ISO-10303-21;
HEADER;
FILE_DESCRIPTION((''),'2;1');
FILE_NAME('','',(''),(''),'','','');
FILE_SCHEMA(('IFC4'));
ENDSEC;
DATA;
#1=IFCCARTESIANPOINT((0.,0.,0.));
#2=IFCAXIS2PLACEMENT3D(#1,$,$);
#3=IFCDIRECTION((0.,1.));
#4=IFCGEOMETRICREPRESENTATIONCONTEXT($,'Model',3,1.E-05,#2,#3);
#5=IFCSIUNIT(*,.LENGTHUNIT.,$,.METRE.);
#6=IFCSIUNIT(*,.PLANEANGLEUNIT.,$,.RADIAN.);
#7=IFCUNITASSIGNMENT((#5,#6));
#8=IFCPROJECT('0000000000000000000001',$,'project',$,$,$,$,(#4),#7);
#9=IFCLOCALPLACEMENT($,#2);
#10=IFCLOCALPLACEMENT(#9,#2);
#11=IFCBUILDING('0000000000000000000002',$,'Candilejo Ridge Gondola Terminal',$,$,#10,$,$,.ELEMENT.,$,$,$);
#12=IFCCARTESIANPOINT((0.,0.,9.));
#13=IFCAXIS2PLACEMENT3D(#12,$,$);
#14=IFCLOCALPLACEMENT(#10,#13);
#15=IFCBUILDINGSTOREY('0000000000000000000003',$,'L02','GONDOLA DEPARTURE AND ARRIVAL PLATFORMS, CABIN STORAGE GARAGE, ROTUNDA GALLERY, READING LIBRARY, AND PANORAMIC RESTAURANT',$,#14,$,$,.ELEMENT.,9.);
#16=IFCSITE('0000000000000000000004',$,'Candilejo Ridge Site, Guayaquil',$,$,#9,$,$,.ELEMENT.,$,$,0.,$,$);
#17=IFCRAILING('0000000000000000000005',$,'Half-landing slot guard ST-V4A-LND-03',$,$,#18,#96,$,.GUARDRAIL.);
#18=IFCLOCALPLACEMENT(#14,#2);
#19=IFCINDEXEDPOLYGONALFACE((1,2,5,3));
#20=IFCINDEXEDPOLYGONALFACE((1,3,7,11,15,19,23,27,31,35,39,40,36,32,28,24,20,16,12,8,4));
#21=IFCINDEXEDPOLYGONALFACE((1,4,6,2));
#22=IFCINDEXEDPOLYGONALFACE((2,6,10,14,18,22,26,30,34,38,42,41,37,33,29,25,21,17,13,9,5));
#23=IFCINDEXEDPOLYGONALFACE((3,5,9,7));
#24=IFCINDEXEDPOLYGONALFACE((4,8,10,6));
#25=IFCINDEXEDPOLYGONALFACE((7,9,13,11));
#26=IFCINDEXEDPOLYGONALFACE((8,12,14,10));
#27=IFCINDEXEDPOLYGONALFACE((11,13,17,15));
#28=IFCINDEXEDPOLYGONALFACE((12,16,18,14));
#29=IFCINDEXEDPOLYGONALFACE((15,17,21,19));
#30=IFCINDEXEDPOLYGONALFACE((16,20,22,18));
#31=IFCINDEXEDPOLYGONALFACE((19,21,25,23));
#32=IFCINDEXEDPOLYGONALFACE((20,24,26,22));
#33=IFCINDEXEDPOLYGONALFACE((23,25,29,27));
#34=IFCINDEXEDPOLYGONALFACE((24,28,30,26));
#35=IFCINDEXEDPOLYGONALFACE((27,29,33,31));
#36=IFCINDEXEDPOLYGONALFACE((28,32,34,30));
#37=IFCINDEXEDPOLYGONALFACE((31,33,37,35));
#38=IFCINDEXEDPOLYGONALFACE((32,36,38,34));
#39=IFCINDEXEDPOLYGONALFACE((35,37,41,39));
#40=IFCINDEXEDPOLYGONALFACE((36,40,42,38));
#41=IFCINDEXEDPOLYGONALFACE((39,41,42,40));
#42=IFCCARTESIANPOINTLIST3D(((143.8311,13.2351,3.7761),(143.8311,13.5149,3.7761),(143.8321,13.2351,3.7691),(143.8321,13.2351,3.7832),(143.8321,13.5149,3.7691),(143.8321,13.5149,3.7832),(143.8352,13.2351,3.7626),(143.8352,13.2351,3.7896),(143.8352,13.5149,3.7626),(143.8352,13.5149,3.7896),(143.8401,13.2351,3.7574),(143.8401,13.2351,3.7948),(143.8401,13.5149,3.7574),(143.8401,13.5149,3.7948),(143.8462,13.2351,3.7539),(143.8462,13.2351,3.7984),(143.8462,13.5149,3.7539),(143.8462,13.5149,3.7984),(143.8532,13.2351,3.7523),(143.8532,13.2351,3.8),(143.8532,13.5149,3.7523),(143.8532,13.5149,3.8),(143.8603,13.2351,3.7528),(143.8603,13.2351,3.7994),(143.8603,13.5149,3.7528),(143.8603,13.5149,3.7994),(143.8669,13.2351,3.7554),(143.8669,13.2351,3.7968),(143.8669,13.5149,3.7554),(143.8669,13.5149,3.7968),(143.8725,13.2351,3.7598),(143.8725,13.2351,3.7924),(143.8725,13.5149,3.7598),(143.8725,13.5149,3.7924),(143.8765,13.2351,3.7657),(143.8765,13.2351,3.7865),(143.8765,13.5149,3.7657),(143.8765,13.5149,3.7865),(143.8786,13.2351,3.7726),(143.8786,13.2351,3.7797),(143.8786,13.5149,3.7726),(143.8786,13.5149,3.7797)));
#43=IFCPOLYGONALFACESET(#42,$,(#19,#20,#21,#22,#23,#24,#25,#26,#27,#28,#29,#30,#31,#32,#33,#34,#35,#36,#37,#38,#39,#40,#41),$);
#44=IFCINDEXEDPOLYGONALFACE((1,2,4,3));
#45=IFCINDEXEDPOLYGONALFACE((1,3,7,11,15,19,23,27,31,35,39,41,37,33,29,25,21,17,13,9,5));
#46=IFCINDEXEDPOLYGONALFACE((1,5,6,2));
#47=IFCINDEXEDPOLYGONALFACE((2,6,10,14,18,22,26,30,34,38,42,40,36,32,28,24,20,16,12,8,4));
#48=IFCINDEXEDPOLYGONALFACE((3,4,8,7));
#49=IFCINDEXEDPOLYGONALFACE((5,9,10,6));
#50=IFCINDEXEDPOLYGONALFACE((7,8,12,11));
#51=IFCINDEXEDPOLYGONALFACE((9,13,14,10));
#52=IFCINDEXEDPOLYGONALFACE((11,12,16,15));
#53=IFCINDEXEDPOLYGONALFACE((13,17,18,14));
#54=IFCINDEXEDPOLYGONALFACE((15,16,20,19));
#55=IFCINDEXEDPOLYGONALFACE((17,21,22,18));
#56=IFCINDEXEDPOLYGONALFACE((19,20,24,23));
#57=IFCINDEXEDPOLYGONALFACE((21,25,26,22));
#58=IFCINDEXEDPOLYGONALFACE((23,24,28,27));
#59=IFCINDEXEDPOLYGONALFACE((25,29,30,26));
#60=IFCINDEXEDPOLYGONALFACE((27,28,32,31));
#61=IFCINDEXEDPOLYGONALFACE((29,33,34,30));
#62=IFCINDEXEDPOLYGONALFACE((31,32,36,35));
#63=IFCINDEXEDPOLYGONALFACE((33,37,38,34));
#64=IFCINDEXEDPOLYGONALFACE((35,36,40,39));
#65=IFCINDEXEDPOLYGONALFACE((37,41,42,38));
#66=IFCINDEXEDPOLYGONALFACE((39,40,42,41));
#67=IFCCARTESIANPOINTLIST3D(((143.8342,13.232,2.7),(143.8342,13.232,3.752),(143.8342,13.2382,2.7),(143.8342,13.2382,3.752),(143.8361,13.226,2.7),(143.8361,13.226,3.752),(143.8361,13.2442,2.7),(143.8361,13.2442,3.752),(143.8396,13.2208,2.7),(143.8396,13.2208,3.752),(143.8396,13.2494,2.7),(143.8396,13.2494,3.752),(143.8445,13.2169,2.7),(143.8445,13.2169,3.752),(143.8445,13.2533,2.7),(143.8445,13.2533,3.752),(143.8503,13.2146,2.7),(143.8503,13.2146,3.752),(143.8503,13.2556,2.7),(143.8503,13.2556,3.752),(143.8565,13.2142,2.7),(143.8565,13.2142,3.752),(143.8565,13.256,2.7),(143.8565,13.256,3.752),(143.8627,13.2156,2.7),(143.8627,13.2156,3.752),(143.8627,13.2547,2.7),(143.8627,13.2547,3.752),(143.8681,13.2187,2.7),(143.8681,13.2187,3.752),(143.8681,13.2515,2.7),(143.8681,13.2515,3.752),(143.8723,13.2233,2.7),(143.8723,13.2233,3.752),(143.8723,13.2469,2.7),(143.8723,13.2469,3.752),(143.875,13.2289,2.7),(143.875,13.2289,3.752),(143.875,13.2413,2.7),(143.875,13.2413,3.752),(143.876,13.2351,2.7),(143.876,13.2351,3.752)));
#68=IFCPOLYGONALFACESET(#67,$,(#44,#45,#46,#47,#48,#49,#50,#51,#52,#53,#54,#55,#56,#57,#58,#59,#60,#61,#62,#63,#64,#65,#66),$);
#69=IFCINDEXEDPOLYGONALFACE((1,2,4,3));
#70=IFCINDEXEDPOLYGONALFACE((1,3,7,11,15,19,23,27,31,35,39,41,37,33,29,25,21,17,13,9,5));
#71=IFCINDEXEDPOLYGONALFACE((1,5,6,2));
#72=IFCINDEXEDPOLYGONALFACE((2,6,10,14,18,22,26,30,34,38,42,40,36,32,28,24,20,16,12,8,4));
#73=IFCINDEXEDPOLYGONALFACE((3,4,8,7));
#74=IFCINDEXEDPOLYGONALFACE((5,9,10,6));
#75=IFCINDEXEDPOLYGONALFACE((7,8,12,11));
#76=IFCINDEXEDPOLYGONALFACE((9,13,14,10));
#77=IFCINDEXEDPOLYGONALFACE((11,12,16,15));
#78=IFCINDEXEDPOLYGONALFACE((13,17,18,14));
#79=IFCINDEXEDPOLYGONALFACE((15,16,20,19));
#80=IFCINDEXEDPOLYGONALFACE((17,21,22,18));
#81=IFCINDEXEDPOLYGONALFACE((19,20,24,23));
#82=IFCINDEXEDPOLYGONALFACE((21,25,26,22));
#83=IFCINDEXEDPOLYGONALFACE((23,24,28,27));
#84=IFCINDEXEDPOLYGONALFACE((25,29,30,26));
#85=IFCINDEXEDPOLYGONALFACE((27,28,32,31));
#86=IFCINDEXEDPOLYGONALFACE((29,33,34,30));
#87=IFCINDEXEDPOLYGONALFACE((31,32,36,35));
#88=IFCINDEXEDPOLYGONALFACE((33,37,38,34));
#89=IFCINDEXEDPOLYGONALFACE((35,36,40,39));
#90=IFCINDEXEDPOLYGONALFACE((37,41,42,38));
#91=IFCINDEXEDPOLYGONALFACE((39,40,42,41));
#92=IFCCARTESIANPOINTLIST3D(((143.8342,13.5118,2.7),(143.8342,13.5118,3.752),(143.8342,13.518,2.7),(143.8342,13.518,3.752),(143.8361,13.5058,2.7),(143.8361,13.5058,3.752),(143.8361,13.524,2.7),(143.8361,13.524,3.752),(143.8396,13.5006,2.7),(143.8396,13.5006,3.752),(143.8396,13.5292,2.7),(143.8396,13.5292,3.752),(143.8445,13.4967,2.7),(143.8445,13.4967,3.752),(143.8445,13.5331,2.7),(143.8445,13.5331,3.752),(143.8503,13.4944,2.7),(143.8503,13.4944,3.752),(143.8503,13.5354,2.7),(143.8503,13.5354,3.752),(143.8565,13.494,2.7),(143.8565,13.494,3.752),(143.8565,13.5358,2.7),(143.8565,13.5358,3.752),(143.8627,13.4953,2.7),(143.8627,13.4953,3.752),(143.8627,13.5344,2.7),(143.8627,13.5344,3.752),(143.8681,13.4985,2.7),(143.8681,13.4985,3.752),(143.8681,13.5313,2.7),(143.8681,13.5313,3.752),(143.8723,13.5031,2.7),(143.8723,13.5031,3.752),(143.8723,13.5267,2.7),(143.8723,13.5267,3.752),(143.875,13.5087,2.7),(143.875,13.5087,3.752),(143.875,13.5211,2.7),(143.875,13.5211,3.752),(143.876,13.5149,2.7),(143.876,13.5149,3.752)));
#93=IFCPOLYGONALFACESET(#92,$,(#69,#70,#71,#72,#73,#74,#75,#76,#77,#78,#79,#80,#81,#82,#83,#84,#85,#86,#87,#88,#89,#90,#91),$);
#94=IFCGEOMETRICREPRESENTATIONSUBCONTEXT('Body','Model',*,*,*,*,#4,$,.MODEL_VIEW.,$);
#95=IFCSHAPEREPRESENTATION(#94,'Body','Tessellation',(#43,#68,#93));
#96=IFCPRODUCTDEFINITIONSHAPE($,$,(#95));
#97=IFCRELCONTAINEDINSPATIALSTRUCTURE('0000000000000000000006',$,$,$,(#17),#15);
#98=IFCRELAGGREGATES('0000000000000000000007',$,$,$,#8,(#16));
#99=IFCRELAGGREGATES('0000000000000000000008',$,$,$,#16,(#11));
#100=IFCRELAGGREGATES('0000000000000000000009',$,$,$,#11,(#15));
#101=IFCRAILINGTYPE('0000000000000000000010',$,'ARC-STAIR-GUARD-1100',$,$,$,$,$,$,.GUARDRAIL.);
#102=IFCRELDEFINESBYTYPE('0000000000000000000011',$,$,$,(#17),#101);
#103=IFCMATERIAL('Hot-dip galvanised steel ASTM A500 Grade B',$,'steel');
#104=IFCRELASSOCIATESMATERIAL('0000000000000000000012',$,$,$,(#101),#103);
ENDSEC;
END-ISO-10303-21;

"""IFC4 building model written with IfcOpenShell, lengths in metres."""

from ifc_helpers import new_model, si_unit, direction, frame, origin, origin_2d, place, context, subcontext, project, spatial, circle, extrude, material, type_object, element, save


model = new_model("IFC4")

# Units and contexts
model_context = context("Model", 3, precision=1e-05, world=origin(), true_north=direction((0.0, 1.0)))
body_context = subcontext(model_context, "Body", "Model", "MODEL_VIEW")
ifc_project = project(units=[si_unit("LENGTHUNIT", "METRE"), si_unit("PLANEANGLEUNIT", "RADIAN")], contexts=[model_context])

# Site, building, storey
site_placement = place(None, origin())
site = spatial("IfcSite", under=ifc_project, at=site_placement, Name="Candilejo Ridge Site, Guayaquil", CompositionType="ELEMENT", RefElevation=0.0)
building_placement = place(site_placement, origin())
building = spatial("IfcBuilding", under=site, at=building_placement, Name="Candilejo Ridge Gondola Terminal", CompositionType="ELEMENT")
storey_placement = place(building_placement, frame((0.0, 0.0, 9.0)))
storey = spatial("IfcBuildingStorey", under=building, at=storey_placement, Name="L02", Description="GONDOLA DEPARTURE AND ARRIVAL PLATFORMS, CABIN STORAGE GARAGE, ROTUNDA GALLERY, READING LIBRARY, AND PANORAMIC RESTAURANT", CompositionType="ELEMENT", Elevation=9.0)

# Railing
ifc_material_1 = material(Name="Hot-dip galvanised steel ASTM A500 Grade B", Category="steel")
railing_type_1 = type_object("IfcRailingType", Name="ARC-STAIR-GUARD-1100", PredefinedType="GUARDRAIL", material=ifc_material_1)
railing_1_placement = place(storey_placement, frame((143.855, 13.2351, 2.7)))
element("IfcRailing", 1, at=railing_1_placement, inside=storey, type_object=railing_type_1, Name="Half-landing slot guard ST-V4A-LND-03", PredefinedType="GUARDRAIL", context=body_context, shape_type="SweptSolid", body=[
    extrude(circle(Radius=0.0239, at=origin_2d()), frame((0.0, 0.0, 1.0762), z_axis=(0.0, 1.0, 0.0), x_axis=(-1.0, 0.0, 0.0)), (0.0, 0.0, 1.0), 0.2798),
    extrude(circle(Radius=0.021, at=origin_2d()), origin(), (0.0, 0.0, 1.0), 1.052),
    extrude(circle(Radius=0.021, at=origin_2d()), frame((0.0, 0.2798, 0.0)), (0.0, 0.0, 1.0), 1.052),
])

save(model, "model.ifc")
